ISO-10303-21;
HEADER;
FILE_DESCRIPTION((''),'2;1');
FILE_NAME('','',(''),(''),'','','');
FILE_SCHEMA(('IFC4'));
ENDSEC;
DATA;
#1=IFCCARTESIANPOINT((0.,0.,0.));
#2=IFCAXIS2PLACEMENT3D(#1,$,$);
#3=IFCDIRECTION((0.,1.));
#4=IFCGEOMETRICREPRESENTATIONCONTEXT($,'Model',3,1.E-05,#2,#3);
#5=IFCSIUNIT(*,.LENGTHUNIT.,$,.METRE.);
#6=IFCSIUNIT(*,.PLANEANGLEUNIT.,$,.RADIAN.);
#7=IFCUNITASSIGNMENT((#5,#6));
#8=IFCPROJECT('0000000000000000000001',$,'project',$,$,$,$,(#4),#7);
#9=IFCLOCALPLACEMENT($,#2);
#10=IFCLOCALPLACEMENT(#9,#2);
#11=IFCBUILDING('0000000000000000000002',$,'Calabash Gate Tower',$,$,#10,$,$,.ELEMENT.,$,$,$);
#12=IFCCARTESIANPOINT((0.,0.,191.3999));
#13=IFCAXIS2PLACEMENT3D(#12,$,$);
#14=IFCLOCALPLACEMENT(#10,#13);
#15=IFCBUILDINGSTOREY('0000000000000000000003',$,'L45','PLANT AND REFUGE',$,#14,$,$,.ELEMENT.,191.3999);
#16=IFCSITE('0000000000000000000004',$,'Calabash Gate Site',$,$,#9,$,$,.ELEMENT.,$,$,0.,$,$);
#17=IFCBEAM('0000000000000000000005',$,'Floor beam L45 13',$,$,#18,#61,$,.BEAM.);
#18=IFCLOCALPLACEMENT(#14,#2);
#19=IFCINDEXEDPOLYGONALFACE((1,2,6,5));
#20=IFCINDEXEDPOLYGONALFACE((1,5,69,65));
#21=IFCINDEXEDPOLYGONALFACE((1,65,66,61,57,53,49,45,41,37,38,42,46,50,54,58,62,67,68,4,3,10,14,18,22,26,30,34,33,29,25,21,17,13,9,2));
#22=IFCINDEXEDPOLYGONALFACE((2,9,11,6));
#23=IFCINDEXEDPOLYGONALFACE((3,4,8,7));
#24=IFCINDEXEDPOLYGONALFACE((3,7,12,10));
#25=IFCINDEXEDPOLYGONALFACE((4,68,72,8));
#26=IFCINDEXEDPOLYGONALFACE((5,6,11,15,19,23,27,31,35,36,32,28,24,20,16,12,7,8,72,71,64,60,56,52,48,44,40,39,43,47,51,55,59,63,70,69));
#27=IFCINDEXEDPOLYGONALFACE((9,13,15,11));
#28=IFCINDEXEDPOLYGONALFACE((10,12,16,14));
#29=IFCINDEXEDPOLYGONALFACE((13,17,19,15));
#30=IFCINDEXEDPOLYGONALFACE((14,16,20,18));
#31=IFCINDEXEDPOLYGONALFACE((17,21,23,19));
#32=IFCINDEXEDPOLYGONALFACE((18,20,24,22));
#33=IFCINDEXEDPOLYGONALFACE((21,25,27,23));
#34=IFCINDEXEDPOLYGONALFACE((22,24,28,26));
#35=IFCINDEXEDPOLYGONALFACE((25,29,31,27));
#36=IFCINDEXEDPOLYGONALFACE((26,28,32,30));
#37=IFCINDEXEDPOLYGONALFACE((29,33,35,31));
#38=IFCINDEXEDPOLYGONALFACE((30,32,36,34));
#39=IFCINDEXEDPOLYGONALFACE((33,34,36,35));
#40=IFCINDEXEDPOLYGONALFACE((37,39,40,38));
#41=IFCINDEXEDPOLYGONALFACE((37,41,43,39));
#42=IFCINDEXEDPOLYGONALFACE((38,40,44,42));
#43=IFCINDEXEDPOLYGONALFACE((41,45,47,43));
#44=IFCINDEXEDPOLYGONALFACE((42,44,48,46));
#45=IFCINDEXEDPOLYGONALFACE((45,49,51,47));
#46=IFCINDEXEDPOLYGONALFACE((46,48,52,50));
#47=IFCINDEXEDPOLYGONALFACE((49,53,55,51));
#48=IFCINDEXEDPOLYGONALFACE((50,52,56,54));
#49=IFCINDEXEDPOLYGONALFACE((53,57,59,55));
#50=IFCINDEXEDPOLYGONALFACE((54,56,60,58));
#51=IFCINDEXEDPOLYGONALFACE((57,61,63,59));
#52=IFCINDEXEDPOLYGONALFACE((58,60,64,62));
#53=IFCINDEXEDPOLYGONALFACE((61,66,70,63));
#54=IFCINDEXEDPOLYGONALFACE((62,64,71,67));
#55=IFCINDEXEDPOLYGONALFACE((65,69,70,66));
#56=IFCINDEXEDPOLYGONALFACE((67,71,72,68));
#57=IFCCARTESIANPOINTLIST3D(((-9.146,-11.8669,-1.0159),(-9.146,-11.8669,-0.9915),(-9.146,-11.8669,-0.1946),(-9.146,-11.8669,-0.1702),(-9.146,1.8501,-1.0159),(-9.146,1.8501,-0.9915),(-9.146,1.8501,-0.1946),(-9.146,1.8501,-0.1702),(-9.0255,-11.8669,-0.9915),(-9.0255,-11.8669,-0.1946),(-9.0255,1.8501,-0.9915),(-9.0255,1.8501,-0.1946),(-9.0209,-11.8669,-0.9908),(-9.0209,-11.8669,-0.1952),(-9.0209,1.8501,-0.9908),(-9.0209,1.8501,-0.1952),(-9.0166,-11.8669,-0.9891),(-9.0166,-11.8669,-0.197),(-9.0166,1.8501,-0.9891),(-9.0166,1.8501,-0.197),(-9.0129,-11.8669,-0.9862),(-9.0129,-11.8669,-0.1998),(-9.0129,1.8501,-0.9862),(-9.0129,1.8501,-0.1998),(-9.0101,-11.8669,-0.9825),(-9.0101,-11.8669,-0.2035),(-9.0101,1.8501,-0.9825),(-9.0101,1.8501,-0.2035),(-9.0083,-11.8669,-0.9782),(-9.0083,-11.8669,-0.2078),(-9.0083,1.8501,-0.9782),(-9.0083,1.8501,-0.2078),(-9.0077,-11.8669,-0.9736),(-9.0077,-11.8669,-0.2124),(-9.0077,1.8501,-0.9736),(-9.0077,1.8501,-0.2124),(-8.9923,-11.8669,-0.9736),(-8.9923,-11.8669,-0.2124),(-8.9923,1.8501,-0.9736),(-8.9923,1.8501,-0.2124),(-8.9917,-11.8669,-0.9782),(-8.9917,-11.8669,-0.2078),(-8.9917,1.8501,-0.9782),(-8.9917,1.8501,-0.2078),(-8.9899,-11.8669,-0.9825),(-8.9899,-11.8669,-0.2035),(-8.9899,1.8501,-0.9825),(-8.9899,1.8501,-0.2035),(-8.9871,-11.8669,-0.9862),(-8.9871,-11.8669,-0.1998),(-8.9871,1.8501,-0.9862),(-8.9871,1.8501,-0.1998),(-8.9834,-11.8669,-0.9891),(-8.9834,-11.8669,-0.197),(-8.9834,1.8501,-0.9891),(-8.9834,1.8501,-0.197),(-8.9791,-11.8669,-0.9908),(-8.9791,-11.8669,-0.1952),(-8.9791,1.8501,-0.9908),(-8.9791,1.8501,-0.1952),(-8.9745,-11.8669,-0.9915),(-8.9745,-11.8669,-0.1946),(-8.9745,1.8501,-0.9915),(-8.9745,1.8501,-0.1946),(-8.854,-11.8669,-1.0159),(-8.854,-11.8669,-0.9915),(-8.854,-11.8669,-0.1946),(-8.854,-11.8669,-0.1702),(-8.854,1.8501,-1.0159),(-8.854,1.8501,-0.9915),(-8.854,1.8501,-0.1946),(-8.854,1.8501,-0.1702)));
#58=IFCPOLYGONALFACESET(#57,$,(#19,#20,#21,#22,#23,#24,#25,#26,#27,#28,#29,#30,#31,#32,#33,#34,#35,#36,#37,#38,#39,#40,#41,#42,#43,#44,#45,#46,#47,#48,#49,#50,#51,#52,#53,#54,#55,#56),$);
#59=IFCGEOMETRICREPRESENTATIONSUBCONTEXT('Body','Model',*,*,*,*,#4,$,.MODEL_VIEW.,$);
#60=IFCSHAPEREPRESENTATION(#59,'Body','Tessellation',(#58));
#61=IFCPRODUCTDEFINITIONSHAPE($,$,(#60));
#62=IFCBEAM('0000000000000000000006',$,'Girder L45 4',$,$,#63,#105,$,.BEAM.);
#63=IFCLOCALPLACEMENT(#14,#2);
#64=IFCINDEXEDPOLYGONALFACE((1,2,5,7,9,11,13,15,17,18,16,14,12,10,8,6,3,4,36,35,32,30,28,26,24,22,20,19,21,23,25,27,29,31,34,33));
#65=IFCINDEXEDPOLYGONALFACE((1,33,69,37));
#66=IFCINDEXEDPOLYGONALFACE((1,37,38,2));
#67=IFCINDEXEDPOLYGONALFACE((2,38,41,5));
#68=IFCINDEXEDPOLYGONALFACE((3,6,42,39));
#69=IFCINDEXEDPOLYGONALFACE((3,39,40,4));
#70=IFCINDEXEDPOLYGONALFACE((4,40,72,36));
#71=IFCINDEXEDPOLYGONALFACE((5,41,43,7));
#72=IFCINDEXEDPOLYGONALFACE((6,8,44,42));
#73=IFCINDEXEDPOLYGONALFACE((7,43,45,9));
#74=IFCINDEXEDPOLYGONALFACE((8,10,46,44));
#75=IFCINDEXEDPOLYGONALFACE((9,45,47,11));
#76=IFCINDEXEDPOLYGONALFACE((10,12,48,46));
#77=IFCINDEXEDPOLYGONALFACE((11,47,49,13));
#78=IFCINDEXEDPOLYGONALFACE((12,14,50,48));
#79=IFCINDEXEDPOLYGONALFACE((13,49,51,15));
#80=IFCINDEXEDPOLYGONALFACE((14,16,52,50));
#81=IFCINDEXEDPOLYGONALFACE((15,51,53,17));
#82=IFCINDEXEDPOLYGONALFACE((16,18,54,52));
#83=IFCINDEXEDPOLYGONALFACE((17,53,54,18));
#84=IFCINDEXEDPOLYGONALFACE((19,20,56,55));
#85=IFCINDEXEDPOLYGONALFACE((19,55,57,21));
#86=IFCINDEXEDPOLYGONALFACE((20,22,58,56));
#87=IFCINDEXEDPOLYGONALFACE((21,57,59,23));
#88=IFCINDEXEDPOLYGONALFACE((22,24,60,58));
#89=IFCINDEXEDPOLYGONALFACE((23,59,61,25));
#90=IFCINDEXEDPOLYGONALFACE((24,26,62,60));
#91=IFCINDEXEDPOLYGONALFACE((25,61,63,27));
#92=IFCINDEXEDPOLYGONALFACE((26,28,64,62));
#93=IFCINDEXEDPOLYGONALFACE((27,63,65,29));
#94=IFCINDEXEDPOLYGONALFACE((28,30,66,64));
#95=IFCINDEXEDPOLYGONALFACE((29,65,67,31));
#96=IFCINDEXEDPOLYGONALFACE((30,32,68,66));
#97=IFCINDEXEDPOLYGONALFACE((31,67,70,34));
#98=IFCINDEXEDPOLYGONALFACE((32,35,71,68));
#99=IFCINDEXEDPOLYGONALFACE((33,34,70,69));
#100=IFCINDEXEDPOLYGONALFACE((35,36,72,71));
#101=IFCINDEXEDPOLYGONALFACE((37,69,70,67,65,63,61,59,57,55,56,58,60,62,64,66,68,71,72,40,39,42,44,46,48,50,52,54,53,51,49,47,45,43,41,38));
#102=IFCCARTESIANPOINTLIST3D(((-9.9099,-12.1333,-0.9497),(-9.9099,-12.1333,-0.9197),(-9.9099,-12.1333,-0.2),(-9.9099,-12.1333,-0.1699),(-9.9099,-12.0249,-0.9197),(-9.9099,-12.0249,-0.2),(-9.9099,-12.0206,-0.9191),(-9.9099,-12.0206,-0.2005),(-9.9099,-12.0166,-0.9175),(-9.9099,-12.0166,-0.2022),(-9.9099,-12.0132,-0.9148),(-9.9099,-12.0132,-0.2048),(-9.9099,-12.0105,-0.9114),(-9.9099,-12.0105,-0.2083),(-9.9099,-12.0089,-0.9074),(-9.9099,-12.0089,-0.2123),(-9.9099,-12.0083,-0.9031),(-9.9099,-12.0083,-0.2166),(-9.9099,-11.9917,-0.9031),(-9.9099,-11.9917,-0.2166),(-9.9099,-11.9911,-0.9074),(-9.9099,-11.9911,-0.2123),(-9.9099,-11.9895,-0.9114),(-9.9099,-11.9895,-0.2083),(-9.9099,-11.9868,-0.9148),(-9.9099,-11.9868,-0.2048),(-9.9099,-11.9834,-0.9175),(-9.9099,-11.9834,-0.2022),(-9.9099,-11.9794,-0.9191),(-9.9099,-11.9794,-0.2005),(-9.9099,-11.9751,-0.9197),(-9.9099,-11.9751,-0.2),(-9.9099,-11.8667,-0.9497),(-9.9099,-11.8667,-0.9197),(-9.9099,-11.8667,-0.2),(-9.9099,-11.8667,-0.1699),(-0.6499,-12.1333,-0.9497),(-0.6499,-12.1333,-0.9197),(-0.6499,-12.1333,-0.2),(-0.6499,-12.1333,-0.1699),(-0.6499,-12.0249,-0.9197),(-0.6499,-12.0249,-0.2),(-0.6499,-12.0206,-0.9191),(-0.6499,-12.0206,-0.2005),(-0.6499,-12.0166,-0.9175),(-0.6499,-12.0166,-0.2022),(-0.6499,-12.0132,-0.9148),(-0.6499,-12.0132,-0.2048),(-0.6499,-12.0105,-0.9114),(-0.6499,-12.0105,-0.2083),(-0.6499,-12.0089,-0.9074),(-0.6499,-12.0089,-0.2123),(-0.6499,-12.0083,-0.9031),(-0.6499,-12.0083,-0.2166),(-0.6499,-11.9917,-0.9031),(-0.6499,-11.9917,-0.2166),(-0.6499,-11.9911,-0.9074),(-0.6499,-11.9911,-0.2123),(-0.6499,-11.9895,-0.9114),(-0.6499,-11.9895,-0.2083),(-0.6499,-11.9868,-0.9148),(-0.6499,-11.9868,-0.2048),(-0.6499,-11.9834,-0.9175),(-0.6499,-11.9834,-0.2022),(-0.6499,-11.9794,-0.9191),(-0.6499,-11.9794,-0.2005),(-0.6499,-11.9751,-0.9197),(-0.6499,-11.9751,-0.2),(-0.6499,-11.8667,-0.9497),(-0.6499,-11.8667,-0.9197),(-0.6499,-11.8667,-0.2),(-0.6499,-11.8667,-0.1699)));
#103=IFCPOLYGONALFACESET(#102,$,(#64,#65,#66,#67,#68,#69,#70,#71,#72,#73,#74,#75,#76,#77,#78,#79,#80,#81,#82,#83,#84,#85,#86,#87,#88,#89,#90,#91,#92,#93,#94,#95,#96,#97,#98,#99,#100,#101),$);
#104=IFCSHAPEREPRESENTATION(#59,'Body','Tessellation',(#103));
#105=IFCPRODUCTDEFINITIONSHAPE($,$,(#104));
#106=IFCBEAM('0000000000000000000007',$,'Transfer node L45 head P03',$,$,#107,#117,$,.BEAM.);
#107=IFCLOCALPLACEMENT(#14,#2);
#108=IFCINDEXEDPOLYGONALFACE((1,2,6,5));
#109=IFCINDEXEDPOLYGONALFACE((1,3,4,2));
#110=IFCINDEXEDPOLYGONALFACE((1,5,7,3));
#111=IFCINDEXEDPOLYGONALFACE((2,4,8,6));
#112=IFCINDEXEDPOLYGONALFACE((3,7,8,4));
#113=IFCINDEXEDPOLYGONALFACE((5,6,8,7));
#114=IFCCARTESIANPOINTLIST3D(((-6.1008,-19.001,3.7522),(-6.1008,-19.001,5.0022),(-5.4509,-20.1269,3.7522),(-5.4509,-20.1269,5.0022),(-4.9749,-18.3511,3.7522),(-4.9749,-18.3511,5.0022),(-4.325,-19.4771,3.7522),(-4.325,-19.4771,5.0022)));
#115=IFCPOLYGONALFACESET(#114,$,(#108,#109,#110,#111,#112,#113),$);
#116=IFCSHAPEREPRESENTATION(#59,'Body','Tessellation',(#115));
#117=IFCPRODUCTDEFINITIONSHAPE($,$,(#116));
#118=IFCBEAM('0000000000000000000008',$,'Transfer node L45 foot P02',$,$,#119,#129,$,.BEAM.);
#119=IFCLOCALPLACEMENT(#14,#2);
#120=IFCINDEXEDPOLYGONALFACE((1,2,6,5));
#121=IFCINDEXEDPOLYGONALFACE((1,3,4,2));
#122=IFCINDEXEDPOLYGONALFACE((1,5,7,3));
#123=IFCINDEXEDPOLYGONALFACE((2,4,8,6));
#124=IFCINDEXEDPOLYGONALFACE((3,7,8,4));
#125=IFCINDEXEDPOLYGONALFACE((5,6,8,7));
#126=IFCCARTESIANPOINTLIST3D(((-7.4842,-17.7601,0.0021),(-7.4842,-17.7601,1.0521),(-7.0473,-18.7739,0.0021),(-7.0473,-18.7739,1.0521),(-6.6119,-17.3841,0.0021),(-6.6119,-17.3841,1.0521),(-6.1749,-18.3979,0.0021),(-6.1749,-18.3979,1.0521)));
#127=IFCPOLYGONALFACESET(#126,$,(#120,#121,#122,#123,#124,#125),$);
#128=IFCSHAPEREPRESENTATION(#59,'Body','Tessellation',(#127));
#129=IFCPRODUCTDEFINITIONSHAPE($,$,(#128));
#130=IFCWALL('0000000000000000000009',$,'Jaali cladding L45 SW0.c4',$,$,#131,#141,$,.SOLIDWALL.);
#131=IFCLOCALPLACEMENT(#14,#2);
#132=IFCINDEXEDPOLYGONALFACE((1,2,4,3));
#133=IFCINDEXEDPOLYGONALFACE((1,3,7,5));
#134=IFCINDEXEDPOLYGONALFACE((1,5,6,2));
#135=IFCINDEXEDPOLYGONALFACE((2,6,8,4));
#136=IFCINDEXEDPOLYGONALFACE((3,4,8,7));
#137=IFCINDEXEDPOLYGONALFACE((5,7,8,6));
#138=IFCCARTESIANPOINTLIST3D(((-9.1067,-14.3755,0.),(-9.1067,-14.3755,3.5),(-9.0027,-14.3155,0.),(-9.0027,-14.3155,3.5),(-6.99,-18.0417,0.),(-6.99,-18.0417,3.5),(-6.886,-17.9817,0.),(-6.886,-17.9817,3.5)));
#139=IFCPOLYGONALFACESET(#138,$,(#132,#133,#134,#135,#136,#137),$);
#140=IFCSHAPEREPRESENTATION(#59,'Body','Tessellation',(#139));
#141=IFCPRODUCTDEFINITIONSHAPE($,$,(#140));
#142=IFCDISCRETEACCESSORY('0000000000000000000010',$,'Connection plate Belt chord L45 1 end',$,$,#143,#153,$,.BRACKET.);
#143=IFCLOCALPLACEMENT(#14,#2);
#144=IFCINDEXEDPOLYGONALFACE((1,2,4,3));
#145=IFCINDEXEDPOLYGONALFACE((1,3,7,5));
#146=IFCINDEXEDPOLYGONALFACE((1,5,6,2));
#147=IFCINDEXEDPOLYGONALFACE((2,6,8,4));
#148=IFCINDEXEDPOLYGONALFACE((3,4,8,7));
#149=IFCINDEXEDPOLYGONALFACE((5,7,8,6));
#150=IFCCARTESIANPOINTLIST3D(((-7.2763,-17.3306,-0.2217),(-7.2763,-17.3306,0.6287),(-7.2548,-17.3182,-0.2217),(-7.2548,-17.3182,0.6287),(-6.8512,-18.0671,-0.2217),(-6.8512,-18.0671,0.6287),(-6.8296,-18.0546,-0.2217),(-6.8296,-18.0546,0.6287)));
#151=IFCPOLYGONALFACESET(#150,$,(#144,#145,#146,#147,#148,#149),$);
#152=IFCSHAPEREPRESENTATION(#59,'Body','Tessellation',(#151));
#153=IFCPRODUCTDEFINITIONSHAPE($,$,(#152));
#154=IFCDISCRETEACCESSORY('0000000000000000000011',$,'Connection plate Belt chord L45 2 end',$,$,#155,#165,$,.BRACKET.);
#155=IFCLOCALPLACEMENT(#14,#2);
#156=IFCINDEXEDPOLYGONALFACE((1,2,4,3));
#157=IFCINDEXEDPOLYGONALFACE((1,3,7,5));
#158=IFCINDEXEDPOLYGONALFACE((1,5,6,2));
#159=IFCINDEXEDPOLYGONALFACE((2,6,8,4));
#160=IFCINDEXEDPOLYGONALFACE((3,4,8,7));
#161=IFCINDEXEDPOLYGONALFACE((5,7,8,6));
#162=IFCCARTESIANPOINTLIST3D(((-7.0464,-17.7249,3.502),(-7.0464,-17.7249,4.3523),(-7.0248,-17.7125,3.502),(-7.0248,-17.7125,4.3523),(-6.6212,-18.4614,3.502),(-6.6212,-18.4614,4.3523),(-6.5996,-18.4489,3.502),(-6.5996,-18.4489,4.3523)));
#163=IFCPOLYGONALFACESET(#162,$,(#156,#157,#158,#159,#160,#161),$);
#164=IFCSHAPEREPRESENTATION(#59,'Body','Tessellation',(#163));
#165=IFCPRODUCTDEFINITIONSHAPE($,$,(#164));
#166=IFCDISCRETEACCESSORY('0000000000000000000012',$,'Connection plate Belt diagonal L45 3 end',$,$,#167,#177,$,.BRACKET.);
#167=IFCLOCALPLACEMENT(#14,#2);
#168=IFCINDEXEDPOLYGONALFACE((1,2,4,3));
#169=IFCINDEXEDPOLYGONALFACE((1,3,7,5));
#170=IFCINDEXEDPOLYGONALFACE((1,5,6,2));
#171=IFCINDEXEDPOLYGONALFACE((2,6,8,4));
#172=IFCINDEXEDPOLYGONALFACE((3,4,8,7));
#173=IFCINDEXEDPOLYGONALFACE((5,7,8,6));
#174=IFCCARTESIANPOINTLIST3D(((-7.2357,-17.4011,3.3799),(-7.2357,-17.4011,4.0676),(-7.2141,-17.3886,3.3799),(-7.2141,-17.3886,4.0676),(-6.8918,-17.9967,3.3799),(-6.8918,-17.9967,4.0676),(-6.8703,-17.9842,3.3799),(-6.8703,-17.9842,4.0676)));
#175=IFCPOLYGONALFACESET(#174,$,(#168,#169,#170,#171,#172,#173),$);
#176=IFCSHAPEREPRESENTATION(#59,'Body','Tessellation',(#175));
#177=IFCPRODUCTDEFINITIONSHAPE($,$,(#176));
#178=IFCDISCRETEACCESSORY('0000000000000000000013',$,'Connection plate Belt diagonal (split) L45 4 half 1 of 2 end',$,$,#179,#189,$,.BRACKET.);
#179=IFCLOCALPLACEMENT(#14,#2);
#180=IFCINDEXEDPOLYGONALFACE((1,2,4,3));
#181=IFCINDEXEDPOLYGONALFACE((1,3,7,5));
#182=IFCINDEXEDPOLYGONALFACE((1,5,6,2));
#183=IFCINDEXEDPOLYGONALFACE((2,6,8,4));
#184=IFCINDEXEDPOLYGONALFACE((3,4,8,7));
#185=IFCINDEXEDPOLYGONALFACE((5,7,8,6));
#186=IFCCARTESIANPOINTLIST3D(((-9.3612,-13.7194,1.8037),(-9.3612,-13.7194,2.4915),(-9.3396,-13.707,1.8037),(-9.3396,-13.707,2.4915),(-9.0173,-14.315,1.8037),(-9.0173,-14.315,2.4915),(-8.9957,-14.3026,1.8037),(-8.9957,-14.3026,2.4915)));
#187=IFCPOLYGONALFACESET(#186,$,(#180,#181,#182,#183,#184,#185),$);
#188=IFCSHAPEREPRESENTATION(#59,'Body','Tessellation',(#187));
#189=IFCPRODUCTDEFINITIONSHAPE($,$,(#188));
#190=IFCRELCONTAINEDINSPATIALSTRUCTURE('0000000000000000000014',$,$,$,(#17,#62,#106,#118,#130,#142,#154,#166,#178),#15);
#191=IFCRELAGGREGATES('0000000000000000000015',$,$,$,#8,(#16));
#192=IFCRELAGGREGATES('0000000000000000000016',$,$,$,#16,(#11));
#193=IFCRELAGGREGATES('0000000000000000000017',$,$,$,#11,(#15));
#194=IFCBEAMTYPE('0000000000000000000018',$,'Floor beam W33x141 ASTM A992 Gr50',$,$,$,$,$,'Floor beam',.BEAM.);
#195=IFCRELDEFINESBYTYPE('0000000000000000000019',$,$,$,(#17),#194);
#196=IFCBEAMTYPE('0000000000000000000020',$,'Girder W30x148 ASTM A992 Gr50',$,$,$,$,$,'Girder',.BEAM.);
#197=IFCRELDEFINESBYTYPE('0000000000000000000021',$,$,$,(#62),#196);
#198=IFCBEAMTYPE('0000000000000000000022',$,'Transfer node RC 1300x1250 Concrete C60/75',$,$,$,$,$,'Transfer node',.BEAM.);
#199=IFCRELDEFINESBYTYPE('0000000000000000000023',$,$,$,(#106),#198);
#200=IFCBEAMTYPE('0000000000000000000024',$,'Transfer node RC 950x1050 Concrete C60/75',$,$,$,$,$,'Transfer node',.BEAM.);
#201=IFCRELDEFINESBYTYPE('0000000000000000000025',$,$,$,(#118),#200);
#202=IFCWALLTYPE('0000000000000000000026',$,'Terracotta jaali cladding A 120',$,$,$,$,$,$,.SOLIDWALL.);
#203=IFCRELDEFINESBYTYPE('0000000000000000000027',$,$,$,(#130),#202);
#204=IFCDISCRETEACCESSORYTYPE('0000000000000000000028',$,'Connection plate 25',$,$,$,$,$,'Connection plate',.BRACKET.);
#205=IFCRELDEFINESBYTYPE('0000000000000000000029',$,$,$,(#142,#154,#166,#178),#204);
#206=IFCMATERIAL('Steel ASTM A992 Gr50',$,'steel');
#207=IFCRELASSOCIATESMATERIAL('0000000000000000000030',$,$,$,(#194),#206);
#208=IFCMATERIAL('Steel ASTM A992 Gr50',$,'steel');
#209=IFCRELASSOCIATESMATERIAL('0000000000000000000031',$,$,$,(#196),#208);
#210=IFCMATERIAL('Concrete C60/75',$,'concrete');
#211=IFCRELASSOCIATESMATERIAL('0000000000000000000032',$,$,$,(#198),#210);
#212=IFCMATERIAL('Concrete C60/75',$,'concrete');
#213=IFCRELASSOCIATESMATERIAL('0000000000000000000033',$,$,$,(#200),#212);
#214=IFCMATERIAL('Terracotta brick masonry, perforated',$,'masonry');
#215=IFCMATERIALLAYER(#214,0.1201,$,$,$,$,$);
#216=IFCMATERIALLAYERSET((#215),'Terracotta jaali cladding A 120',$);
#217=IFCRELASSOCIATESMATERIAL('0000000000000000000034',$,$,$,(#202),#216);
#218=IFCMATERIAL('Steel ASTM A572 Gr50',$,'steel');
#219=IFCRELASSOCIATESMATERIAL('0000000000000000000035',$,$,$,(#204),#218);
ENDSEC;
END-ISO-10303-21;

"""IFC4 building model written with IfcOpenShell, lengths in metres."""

from ifc_helpers import new_model, si_unit, direction, frame, frame_2d, origin, origin_2d, place, context, subcontext, project, spatial, rectangle, i_section, extrude, material, layer, layer_set, material_profile, profile_set, type_object, element, save


model = new_model("IFC4")

# Units and contexts
model_context = context("Model", 3, precision=1e-05, world=origin(), true_north=direction((0.0, 1.0)))
body_context = subcontext(model_context, "Body", "Model", "MODEL_VIEW")
ifc_project = project(units=[si_unit("LENGTHUNIT", "METRE"), si_unit("PLANEANGLEUNIT", "RADIAN")], contexts=[model_context])

# Site, building, storey
site_placement = place(None, origin())
site = spatial("IfcSite", under=ifc_project, at=site_placement, Name="Calabash Gate Site", CompositionType="ELEMENT", RefElevation=0.0)
building_placement = place(site_placement, origin())
building = spatial("IfcBuilding", under=site, at=building_placement, Name="Calabash Gate Tower", CompositionType="ELEMENT")
storey_placement = place(building_placement, frame((0.0, 0.0, 191.3999)))
storey = spatial("IfcBuildingStorey", under=building, at=storey_placement, Name="L45", Description="PLANT AND REFUGE", CompositionType="ELEMENT", Elevation=191.3999)

# Beams
ifc_material_1 = material(Name="Steel ASTM A992 Gr50", Category="steel")
ifc_material_profile_1 = material_profile(ifc_material_1, i_section(OverallWidth=0.292, OverallDepth=0.8457, WebThickness=0.0154, FlangeThickness=0.0244, FilletRadius=0.0178, at=origin_2d()))
ifc_profile_set_1 = profile_set([ifc_material_profile_1], Name="Steel ASTM A992 Gr50")
beam_type_1 = type_object("IfcBeamType", Name="Floor beam W33x141 ASTM A992 Gr50", ElementType="Floor beam", PredefinedType="BEAM", material=ifc_profile_set_1)
beam_1_placement = place(storey_placement, frame((-9.0, -11.8669, -0.593), z_axis=(0.0, 1.0, 0.0), x_axis=(-1.0, 0.0, 0.0)))
element("IfcBeam", 1, at=beam_1_placement, inside=storey, type_object=beam_type_1, Name="Floor beam L45 13", PredefinedType="BEAM", context=body_context, shape_type="SweptSolid", body=[
    extrude(i_section(OverallWidth=0.292, OverallDepth=0.8457, WebThickness=0.0154, FlangeThickness=0.0244, FilletRadius=0.0178, at=origin_2d()), origin(), (0.0, 0.0, 1.0), 13.717),
])
ifc_material_2 = material(Name="Steel ASTM A992 Gr50", Category="steel")
ifc_material_profile_2 = material_profile(ifc_material_2, i_section(OverallWidth=0.2666, OverallDepth=0.7798, WebThickness=0.0166, FlangeThickness=0.03, FilletRadius=0.0166, at=origin_2d()))
ifc_profile_set_2 = profile_set([ifc_material_profile_2], Name="Steel ASTM A992 Gr50")
beam_type_2 = type_object("IfcBeamType", Name="Girder W30x148 ASTM A992 Gr50", ElementType="Girder", PredefinedType="BEAM", material=ifc_profile_set_2)
beam_2_placement = place(storey_placement, frame((-9.9099, -12.0, -0.5598), z_axis=(1.0, 0.0, 0.0), x_axis=(0.0, 1.0, 0.0)))
element("IfcBeam", 2, at=beam_2_placement, inside=storey, type_object=beam_type_2, Name="Girder L45 4", PredefinedType="BEAM", context=body_context, shape_type="SweptSolid", body=[
    extrude(i_section(OverallWidth=0.2666, OverallDepth=0.7798, WebThickness=0.0166, FlangeThickness=0.03, FilletRadius=0.0166, at=origin_2d()), origin(), (0.0, 0.0, 1.0), 9.26),
])
ifc_material_3 = material(Name="Concrete C60/75", Category="concrete")
ifc_material_profile_3 = material_profile(ifc_material_3, rectangle(XDim=1.3, YDim=1.25, at=origin_2d()))
ifc_profile_set_3 = profile_set([ifc_material_profile_3], Name="Concrete C60/75")
beam_type_3 = type_object("IfcBeamType", Name="Transfer node RC 1300x1250 Concrete C60/75", ElementType="Transfer node", PredefinedType="BEAM", material=ifc_profile_set_3)
beam_3_placement = place(storey_placement, frame((-5.7759, -19.564, 4.3772), z_axis=(0.866086, 0.499896, 0.0), x_axis=(-0.499896, 0.866086, 0.0)))
element("IfcBeam", 3, at=beam_3_placement, inside=storey, type_object=beam_type_3, Name="Transfer node L45 head P03", PredefinedType="BEAM", context=body_context, shape_type="SweptSolid", body=[
    extrude(rectangle(XDim=1.3, YDim=1.25, at=origin_2d()), origin(), (0.0, 0.0, 1.0), 1.3),
])
ifc_material_4 = material(Name="Concrete C60/75", Category="concrete")
ifc_material_profile_4 = material_profile(ifc_material_4, rectangle(XDim=0.95, YDim=1.05, at=origin_2d()))
ifc_profile_set_4 = profile_set([ifc_material_profile_4], Name="Concrete C60/75")
beam_type_4 = type_object("IfcBeamType", Name="Transfer node RC 950x1050 Concrete C60/75", ElementType="Transfer node", PredefinedType="BEAM", material=ifc_profile_set_4)
beam_4_placement = place(storey_placement, frame((-6.6111, -18.5859, 0.5271), z_axis=(-0.395813, 0.918331, 0.0), x_axis=(-0.918331, -0.395813, 0.0)))
element("IfcBeam", 4, at=beam_4_placement, inside=storey, type_object=beam_type_4, Name="Transfer node L45 foot P02", PredefinedType="BEAM", context=body_context, shape_type="SweptSolid", body=[
    extrude(rectangle(XDim=0.95, YDim=1.05, at=origin_2d()), origin(), (0.0, 0.0, 1.0), 1.104),
])

# Wall
ifc_material_5 = material(Name="Terracotta brick masonry, perforated", Category="masonry")
ifc_layer = layer(ifc_material_5, 0.1201)
ifc_layer_set = layer_set([ifc_layer], Name="Terracotta jaali cladding A 120")
wall_type = type_object("IfcWallType", Name="Terracotta jaali cladding A 120", PredefinedType="SOLIDWALL", material=ifc_layer_set)
wall_placement = place(storey_placement, frame((-6.938, -18.0117, 0.0), z_axis=(0.0, 0.0, 1.0), x_axis=(-0.499997, 0.866027, 0.0)))
element("IfcWall", 5, at=wall_placement, inside=storey, type_object=wall_type, Name="Jaali cladding L45 SW0.c4", PredefinedType="SOLIDWALL", context=body_context, shape_type="SweptSolid", body=[
    extrude(rectangle(XDim=4.2334, YDim=0.1201, at=frame_2d((2.1167, 0.0))), origin(), (0.0, 0.0, 1.0), 3.5),
])

# Discrete accessories
ifc_material_6 = material(Name="Steel ASTM A572 Gr50", Category="steel")
discrete_accessory_type = type_object("IfcDiscreteAccessoryType", Name="Connection plate 25", ElementType="Connection plate", PredefinedType="BRACKET", material=ifc_material_6)
for number, where, z_axis, x_axis, name in (
    (6, (-7.053, -17.6926, -0.2217), (0.0, 0.0, 1.0), (0.5, -0.866025, 0.0), "Connection plate Belt chord L45 1 end"),
    (7, (-6.823, -18.0869, 3.502), (0.0, 0.0, 1.0), (0.499982, -0.866036, 0.0), "Connection plate Belt chord L45 2 end"),
):
    element("IfcDiscreteAccessory", number, at=place(storey_placement, frame(where, z_axis=z_axis, x_axis=x_axis)), inside=storey, type_object=discrete_accessory_type, Name=name, PredefinedType="BRACKET", context=body_context, shape_type="SweptSolid", body=[
        extrude(rectangle(XDim=0.8503, YDim=0.0249, at=origin_2d()), origin(), (0.0, 0.0, 1.0), 0.8503),
    ])
for number, where, z_axis, x_axis, name in (
    (8, (-7.053, -17.6926, 3.3799), (0.0, 0.0, 1.0), (0.5, -0.866025, 0.0), "Connection plate Belt diagonal L45 3 end"),
    (9, (-9.1785, -14.011, 1.8037), (0.0, 0.0, 1.0), (0.5, -0.866025, 0.0), "Connection plate Belt diagonal (split) L45 4 half 1 of 2 end"),
):
    element("IfcDiscreteAccessory", number, at=place(storey_placement, frame(where, z_axis=z_axis, x_axis=x_axis)), inside=storey, type_object=discrete_accessory_type, Name=name, PredefinedType="BRACKET", context=body_context, shape_type="SweptSolid", body=[
        extrude(rectangle(XDim=0.6877, YDim=0.0249, at=origin_2d()), origin(), (0.0, 0.0, 1.0), 0.6877),
    ])

save(model, "model.ifc")
